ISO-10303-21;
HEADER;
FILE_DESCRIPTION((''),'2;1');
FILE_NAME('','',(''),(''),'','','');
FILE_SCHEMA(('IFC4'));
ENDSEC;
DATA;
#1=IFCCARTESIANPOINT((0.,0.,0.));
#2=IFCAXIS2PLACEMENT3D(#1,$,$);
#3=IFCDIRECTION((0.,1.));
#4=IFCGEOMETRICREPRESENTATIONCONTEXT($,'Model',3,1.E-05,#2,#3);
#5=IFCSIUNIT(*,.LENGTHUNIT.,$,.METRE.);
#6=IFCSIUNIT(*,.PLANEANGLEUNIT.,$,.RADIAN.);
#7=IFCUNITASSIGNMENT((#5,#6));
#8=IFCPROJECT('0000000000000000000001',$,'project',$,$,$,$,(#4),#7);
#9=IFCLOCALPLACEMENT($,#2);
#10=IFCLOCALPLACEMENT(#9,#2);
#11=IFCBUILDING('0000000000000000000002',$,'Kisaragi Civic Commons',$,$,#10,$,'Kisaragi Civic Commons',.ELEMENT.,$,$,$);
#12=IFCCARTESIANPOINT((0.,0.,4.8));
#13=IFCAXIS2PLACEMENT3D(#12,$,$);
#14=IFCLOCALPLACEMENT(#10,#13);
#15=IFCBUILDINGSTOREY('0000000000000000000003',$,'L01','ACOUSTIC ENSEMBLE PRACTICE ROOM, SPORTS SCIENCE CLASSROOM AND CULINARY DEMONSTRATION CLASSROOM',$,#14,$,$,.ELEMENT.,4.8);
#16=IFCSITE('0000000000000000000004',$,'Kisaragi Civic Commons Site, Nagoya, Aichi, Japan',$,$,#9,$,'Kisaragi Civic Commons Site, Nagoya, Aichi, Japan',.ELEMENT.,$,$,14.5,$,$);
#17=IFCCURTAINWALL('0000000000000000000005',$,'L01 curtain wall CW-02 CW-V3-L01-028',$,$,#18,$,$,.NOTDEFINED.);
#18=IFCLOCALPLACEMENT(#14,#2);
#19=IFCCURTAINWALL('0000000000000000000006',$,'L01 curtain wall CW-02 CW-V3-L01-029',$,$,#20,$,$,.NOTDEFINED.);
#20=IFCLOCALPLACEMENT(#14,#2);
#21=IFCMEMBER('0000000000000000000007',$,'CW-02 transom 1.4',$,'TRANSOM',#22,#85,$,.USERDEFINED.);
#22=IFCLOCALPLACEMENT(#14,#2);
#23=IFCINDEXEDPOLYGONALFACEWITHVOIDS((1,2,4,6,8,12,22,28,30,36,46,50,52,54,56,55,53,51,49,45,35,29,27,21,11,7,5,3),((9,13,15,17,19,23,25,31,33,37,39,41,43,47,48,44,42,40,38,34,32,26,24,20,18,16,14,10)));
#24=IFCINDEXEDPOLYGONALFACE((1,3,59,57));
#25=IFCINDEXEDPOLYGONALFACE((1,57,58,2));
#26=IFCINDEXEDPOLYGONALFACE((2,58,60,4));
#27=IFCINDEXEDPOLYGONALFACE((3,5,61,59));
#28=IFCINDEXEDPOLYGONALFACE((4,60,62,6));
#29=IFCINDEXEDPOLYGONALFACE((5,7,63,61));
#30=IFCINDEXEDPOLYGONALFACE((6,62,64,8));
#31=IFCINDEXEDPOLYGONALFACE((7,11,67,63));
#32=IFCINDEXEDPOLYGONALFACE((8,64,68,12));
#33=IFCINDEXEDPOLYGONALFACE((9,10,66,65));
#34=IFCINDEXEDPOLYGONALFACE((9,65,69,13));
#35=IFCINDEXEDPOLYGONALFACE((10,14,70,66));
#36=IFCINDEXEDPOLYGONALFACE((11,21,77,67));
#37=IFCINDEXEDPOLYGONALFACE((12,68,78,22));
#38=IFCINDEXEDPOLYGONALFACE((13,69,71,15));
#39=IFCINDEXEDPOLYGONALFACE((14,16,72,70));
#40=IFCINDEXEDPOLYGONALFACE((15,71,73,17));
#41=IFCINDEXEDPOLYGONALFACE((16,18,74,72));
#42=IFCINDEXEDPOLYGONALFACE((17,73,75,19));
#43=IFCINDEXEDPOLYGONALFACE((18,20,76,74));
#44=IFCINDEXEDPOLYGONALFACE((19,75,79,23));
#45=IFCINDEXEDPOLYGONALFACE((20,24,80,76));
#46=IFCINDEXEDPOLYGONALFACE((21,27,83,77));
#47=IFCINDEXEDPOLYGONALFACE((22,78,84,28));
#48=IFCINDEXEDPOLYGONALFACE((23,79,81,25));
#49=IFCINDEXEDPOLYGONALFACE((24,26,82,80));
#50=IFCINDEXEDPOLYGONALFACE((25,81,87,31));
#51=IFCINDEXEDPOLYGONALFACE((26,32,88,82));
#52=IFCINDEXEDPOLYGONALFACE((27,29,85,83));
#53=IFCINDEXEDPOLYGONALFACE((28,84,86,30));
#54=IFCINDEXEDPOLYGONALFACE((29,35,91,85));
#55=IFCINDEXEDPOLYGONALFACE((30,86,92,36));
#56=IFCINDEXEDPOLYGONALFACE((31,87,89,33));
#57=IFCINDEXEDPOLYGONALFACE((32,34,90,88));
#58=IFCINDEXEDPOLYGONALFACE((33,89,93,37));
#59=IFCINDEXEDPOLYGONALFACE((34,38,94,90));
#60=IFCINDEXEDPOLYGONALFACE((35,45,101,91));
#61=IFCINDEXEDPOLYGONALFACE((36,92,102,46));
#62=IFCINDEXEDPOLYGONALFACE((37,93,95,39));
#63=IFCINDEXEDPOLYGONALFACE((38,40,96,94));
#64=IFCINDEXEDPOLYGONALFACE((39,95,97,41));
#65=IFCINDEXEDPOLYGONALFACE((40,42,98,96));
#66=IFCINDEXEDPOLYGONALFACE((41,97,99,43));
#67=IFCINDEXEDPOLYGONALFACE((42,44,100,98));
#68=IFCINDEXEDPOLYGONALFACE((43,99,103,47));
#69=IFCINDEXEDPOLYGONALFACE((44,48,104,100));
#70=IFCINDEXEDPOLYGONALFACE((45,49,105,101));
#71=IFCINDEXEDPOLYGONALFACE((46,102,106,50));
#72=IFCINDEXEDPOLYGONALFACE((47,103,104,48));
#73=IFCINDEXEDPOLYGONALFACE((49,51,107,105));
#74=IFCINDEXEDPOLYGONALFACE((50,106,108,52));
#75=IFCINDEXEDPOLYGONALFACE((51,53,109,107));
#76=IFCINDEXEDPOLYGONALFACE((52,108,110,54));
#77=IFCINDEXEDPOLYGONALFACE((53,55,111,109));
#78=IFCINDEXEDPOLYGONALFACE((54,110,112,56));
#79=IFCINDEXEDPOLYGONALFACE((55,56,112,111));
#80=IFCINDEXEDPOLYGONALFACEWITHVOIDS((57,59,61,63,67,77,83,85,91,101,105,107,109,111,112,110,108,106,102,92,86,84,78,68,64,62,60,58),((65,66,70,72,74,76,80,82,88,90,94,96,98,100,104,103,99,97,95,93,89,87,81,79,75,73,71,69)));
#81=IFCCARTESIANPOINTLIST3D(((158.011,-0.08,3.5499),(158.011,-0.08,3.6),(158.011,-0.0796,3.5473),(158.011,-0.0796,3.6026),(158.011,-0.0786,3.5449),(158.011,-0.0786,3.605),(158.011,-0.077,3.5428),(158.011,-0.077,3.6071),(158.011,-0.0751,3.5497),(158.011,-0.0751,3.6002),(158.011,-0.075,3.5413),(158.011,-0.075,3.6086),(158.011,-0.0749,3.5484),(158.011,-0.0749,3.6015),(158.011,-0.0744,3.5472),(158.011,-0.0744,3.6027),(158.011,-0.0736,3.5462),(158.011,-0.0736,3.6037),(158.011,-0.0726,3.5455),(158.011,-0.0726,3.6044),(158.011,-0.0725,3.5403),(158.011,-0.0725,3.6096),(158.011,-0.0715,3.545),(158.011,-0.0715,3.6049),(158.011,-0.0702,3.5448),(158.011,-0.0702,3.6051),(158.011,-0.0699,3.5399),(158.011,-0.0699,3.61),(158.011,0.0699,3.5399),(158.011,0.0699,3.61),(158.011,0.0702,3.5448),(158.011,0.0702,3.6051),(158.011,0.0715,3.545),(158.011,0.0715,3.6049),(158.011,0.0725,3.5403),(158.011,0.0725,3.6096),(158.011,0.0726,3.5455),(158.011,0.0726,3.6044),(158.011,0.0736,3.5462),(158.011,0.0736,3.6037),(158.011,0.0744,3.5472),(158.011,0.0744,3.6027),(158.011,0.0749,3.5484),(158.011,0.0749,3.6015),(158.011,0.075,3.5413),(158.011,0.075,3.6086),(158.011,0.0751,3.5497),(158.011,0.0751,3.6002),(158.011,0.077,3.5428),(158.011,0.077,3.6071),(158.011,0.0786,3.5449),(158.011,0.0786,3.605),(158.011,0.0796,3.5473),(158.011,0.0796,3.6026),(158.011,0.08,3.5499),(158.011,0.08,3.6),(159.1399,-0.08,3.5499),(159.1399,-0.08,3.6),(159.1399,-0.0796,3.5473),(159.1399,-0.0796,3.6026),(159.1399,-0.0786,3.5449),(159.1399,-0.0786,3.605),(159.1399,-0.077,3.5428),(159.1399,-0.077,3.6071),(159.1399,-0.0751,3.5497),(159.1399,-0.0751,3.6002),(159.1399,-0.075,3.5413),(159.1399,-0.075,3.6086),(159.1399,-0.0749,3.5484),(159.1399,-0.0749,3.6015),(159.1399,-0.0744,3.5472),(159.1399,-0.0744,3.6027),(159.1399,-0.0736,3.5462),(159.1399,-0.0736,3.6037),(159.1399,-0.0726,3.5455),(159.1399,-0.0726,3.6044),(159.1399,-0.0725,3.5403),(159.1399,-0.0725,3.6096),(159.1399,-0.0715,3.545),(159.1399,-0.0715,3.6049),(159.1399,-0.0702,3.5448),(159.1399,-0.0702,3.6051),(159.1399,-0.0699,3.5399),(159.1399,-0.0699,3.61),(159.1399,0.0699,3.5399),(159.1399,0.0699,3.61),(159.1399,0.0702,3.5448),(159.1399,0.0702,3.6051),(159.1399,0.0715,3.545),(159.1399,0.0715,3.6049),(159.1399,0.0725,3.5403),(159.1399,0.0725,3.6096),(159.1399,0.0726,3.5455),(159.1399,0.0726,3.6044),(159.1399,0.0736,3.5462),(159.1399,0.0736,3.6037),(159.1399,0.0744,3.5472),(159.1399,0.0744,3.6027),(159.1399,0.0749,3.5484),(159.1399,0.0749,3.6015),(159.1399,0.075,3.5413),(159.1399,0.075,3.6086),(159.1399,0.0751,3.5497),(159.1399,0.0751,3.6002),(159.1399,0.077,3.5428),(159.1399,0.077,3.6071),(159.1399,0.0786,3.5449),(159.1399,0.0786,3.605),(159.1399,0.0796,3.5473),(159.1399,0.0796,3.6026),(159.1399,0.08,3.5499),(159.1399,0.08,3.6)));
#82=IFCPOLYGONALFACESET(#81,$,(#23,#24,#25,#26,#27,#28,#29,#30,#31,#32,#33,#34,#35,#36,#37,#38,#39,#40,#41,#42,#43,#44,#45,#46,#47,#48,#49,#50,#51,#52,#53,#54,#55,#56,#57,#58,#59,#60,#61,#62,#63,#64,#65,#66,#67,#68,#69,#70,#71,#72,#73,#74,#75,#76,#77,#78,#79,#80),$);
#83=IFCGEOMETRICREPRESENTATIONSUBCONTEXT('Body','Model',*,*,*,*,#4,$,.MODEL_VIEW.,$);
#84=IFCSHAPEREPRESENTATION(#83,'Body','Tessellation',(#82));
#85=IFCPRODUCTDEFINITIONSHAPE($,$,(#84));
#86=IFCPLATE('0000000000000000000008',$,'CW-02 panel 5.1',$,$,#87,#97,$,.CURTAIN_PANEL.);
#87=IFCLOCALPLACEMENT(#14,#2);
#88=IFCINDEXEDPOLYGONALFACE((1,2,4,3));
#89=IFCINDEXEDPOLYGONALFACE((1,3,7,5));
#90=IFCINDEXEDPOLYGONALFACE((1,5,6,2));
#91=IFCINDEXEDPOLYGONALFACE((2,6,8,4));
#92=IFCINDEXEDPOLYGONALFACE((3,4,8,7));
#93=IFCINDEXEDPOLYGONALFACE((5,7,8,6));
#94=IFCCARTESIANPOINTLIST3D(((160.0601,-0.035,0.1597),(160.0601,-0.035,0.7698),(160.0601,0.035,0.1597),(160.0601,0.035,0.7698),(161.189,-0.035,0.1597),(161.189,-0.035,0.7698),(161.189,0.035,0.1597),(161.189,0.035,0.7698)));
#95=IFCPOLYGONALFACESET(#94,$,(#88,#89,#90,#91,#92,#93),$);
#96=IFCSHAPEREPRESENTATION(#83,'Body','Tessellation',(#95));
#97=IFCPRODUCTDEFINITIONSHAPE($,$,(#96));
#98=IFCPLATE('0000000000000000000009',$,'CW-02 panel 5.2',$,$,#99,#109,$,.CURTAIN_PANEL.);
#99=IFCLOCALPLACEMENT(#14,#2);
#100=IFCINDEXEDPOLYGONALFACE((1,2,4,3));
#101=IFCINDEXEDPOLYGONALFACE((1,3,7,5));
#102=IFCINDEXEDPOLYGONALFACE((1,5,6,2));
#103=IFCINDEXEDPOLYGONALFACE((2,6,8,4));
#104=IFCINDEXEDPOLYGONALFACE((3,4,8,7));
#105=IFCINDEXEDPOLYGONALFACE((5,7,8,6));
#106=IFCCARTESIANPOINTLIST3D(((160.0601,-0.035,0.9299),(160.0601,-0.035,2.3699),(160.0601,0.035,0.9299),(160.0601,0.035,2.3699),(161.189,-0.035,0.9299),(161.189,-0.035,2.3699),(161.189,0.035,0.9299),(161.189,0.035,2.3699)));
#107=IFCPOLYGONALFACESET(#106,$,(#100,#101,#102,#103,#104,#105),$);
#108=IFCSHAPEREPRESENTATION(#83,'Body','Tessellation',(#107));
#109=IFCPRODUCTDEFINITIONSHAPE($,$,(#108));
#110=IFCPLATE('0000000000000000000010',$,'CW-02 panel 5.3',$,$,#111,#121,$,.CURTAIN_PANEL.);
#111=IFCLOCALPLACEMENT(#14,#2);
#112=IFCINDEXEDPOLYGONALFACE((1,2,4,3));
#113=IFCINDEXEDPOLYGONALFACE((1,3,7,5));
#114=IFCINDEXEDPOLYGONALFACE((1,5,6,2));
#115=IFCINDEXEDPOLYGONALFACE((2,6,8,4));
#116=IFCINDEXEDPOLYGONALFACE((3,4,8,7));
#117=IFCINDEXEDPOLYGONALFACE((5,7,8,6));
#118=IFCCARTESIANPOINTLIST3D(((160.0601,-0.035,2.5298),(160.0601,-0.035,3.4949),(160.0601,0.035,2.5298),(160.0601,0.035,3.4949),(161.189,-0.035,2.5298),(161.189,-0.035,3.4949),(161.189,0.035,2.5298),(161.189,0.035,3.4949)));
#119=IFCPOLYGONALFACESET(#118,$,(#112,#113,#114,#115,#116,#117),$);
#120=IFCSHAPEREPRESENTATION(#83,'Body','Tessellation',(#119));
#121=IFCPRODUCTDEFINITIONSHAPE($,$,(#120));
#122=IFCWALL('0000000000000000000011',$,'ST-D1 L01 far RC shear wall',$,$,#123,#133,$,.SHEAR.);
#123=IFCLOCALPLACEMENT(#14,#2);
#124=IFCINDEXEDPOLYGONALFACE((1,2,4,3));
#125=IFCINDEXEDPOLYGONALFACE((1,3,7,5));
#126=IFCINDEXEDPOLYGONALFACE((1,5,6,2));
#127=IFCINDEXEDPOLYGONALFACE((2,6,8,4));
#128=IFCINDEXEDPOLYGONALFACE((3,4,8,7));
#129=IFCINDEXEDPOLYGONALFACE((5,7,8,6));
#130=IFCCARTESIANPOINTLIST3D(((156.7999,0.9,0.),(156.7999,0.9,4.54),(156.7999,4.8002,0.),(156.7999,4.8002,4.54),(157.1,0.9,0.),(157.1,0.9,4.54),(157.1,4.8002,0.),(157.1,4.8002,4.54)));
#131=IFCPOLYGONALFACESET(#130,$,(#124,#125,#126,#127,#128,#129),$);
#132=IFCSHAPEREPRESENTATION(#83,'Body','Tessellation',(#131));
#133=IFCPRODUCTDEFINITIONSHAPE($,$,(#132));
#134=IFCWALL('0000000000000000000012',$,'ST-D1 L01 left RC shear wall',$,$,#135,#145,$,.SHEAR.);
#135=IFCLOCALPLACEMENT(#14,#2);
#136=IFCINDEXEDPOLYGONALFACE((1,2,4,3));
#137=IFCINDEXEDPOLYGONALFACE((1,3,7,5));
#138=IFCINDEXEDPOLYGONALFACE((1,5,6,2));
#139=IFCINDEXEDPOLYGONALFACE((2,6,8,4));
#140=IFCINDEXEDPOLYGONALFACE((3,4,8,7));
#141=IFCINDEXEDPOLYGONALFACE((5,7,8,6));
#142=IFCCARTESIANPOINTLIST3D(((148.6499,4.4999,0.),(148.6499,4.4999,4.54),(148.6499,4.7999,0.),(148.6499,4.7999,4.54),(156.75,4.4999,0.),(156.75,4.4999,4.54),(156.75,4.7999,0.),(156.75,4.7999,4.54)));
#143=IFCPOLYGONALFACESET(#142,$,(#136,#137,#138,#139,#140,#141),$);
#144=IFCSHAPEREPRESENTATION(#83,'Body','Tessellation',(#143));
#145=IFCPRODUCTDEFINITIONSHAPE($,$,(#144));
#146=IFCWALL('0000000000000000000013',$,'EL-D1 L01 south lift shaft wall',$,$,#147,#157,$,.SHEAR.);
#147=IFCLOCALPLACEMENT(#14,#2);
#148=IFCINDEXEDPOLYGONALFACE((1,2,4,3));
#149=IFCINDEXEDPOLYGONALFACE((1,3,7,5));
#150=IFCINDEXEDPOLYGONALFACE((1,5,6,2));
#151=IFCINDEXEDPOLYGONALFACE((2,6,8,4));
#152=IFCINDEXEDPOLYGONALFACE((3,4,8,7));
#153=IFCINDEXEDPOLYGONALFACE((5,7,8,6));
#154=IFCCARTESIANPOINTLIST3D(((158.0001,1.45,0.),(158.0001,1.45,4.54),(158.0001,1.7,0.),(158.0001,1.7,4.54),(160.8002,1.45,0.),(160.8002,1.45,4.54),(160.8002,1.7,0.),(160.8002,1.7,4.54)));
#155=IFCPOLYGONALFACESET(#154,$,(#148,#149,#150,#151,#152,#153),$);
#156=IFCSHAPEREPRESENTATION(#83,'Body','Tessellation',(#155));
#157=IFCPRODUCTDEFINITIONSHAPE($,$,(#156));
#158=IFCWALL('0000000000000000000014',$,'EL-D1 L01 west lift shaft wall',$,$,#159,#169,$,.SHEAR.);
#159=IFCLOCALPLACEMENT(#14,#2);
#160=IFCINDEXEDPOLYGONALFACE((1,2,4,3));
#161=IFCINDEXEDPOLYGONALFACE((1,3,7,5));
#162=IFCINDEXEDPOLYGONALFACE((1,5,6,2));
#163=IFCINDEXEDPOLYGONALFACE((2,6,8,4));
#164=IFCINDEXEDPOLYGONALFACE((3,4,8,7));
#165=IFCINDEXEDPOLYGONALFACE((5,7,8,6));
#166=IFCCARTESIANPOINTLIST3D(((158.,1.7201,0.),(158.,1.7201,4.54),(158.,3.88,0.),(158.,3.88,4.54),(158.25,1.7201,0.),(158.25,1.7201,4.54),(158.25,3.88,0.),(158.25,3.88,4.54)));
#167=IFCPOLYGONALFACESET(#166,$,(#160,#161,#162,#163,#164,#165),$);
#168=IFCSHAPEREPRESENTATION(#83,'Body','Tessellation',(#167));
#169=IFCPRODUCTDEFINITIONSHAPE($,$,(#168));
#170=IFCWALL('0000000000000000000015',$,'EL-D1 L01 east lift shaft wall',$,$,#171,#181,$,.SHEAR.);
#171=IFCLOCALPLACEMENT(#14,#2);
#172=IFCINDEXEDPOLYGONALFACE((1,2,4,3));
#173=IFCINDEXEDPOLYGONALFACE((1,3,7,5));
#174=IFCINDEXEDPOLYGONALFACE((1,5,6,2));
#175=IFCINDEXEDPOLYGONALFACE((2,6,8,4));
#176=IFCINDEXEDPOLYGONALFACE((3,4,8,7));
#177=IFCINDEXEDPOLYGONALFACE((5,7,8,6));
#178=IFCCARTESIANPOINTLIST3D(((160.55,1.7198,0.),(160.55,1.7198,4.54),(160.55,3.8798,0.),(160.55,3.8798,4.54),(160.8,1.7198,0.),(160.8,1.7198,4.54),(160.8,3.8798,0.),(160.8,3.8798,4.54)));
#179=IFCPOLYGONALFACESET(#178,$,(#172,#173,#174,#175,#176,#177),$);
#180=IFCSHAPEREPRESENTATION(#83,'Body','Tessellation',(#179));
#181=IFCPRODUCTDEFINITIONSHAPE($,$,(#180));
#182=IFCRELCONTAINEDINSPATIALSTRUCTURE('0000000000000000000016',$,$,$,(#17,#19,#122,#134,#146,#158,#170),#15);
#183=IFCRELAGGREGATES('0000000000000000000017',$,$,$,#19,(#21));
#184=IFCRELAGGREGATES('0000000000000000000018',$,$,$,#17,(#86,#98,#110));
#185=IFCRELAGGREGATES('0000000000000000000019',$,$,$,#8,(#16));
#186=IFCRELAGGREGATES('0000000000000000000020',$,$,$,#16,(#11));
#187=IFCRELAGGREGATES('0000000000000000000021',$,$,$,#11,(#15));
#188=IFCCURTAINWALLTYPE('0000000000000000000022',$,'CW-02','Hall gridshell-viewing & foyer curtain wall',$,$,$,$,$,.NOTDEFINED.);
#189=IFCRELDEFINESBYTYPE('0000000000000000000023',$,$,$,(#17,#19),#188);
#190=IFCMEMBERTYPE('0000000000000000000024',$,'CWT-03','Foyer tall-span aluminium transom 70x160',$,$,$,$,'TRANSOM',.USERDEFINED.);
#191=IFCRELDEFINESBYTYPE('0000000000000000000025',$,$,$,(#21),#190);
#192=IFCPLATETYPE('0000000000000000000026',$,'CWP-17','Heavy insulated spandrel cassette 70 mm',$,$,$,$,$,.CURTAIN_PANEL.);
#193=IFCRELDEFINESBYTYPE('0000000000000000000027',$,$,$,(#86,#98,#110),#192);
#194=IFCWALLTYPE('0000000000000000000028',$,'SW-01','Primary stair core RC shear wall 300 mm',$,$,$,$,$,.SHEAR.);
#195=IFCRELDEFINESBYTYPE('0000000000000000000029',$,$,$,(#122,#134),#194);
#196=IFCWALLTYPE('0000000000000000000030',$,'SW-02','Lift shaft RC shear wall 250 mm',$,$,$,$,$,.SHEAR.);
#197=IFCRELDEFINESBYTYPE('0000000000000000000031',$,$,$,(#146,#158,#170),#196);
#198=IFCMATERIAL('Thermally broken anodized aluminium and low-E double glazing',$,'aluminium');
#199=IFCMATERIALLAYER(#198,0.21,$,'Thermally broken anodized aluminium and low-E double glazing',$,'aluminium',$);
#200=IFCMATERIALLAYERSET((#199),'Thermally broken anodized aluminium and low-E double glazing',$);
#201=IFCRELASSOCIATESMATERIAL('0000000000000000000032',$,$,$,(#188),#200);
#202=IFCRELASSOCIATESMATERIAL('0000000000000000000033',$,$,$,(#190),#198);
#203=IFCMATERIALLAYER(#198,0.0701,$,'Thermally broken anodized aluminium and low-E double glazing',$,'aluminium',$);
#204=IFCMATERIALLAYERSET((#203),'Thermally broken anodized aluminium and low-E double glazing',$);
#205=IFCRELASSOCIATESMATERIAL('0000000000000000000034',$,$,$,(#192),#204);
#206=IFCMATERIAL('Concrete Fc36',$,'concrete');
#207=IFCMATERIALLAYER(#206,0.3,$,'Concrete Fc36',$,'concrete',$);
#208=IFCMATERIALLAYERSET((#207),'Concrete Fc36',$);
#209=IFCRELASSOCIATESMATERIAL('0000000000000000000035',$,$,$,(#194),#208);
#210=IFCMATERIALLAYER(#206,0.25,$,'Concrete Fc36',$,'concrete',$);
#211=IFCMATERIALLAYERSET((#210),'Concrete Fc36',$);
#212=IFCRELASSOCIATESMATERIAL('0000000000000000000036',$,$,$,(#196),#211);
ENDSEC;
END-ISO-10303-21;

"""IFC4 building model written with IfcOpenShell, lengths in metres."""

from ifc_helpers import new_model, si_unit, direction, frame, frame_2d, origin, origin_2d, place, context, subcontext, project, spatial, rectangle, hollow_rectangle, extrude, material, layer, layer_set, material_profile, profile_set, type_object, element, aggregate, save


model = new_model("IFC4")

# Units and contexts
model_context = context("Model", 3, precision=1e-05, world=origin(), true_north=direction((0.0, 1.0)))
body_context = subcontext(model_context, "Body", "Model", "MODEL_VIEW")
ifc_project = project(units=[si_unit("LENGTHUNIT", "METRE"), si_unit("PLANEANGLEUNIT", "RADIAN")], contexts=[model_context])

# Site, building, storey
site_placement = place(None, origin())
site = spatial("IfcSite", under=ifc_project, at=site_placement, Name="Kisaragi Civic Commons Site, Nagoya, Aichi, Japan", LongName="Kisaragi Civic Commons Site, Nagoya, Aichi, Japan", CompositionType="ELEMENT", RefElevation=14.5)
building_placement = place(site_placement, origin())
building = spatial("IfcBuilding", under=site, at=building_placement, Name="Kisaragi Civic Commons", LongName="Kisaragi Civic Commons", CompositionType="ELEMENT")
storey_placement = place(building_placement, frame((0.0, 0.0, 4.8)))
storey = spatial("IfcBuildingStorey", under=building, at=storey_placement, Name="L01", Description="ACOUSTIC ENSEMBLE PRACTICE ROOM, SPORTS SCIENCE CLASSROOM AND CULINARY DEMONSTRATION CLASSROOM", CompositionType="ELEMENT", Elevation=4.8)

# Shared definitions
ifc_material_1 = material(Name="Concrete Fc36", Category="concrete")

# Curtain wall
ifc_material_2 = material(Name="Thermally broken anodized aluminium and low-E double glazing", Category="aluminium")
ifc_layer_1 = layer(ifc_material_2, 0.21, Name="Thermally broken anodized aluminium and low-E double glazing", Category="aluminium")
ifc_layer_set_1 = layer_set([ifc_layer_1], Name="Thermally broken anodized aluminium and low-E double glazing")
curtain_wall_type = type_object("IfcCurtainWallType", Name="CW-02", Description="Hall gridshell-viewing & foyer curtain wall", PredefinedType="NOTDEFINED", material=ifc_layer_set_1)
curtain_wall_1_placement = place(storey_placement, origin())
curtain_wall_1 = element("IfcCurtainWall", 1, at=curtain_wall_1_placement, inside=storey, type_object=curtain_wall_type, Name="L01 curtain wall CW-02 CW-V3-L01-028", PredefinedType="NOTDEFINED")

# Curtain wall
curtain_wall_2_placement = place(storey_placement, origin())
curtain_wall_2 = element("IfcCurtainWall", 2, at=curtain_wall_2_placement, inside=storey, type_object=curtain_wall_type, Name="L01 curtain wall CW-02 CW-V3-L01-029", PredefinedType="NOTDEFINED")

# Member
ifc_material_profile_1 = material_profile(ifc_material_2, hollow_rectangle(XDim=0.1599, YDim=0.0701, WallThickness=0.0049, InnerFilletRadius=0.0049, OuterFilletRadius=0.01, at=origin_2d()), Name="CWT-70x160x5", Category="aluminium")
ifc_profile_set_1 = profile_set([ifc_material_profile_1], Name="Thermally broken anodized aluminium and low-E double glazing")
member_type_1 = type_object("IfcMemberType", Name="CWT-03", Description="Foyer tall-span aluminium transom 70x160", ElementType="TRANSOM", PredefinedType="USERDEFINED", material=ifc_profile_set_1)
member_1_placement = place(storey_placement, frame((159.1399, 0.0, 3.575), z_axis=(-1.0, 0.0, 0.0), x_axis=(0.0, -1.0, 0.0)))
member_1 = element("IfcMember", 3, at=member_1_placement, type_object=member_type_1, Name="CW-02 transom 1.4", ObjectType="TRANSOM", PredefinedType="USERDEFINED", context=body_context, shape_type="SweptSolid", body=[
    extrude(hollow_rectangle(XDim=0.1599, YDim=0.0701, WallThickness=0.0049, InnerFilletRadius=0.0049, OuterFilletRadius=0.01, at=origin_2d()), origin(), (0.0, 0.0, 1.0), 1.1289),
])
aggregate(curtain_wall_2, [member_1])

# Plates
ifc_layer_2 = layer(ifc_material_2, 0.0701, Name="Thermally broken anodized aluminium and low-E double glazing", Category="aluminium")
ifc_layer_set_2 = layer_set([ifc_layer_2], Name="Thermally broken anodized aluminium and low-E double glazing")
plate_type = type_object("IfcPlateType", Name="CWP-17", Description="Heavy insulated spandrel cassette 70 mm", PredefinedType="CURTAIN_PANEL", material=ifc_layer_set_2)
plate_1_placement = place(storey_placement, frame((160.6245, 0.0, 0.1597), z_axis=(0.0, 0.0, 1.0), x_axis=(-1.0, 0.0, 0.0)))
plate_1 = element("IfcPlate", 4, at=plate_1_placement, type_object=plate_type, Name="CW-02 panel 5.1", PredefinedType="CURTAIN_PANEL", context=body_context, shape_type="SweptSolid", body=[
    extrude(rectangle(XDim=1.1289, YDim=0.0701, at=origin_2d()), origin(), (0.0, 0.0, 1.0), 0.6101),
])
plate_2_placement = place(storey_placement, frame((160.6245, 0.0, 0.9299), z_axis=(0.0, 0.0, 1.0), x_axis=(-1.0, 0.0, 0.0)))
plate_2 = element("IfcPlate", 5, at=plate_2_placement, type_object=plate_type, Name="CW-02 panel 5.2", PredefinedType="CURTAIN_PANEL", context=body_context, shape_type="SweptSolid", body=[
    extrude(rectangle(XDim=1.1289, YDim=0.0701, at=origin_2d()), origin(), (0.0, 0.0, 1.0), 1.4399),
])
plate_3_placement = place(storey_placement, frame((160.6245, 0.0, 2.5298), z_axis=(0.0, 0.0, 1.0), x_axis=(-1.0, 0.0, 0.0)))
plate_3 = element("IfcPlate", 6, at=plate_3_placement, type_object=plate_type, Name="CW-02 panel 5.3", PredefinedType="CURTAIN_PANEL", context=body_context, shape_type="SweptSolid", body=[
    extrude(rectangle(XDim=1.1289, YDim=0.0701, at=origin_2d()), origin(), (0.0, 0.0, 1.0), 0.9651),
])
aggregate(curtain_wall_1, [plate_1, plate_2, plate_3])

# Walls
ifc_layer_3 = layer(ifc_material_1, 0.3, Name="Concrete Fc36", Category="concrete")
ifc_layer_set_3 = layer_set([ifc_layer_3], Name="Concrete Fc36")
wall_type_1 = type_object("IfcWallType", Name="SW-01", Description="Primary stair core RC shear wall 300 mm", PredefinedType="SHEAR", material=ifc_layer_set_3)
wall_1_placement = place(storey_placement, frame((156.95, 0.8999, 0.0), z_axis=(0.0, 0.0, 1.0), x_axis=(0.0, 1.0, 0.0)))
element("IfcWall", 7, at=wall_1_placement, inside=storey, type_object=wall_type_1, Name="ST-D1 L01 far RC shear wall", PredefinedType="SHEAR", context=body_context, shape_type="SweptSolid", body=[
    extrude(rectangle(XDim=3.9001, YDim=0.3, at=frame_2d((1.9502, 0.0))), origin(), (0.0, 0.0, 1.0), 4.54),
])
wall_2_placement = place(storey_placement, frame((156.75, 4.6499, 0.0), z_axis=(0.0, 0.0, 1.0), x_axis=(-1.0, 0.0, 0.0)))
element("IfcWall", 8, at=wall_2_placement, inside=storey, type_object=wall_type_1, Name="ST-D1 L01 left RC shear wall", PredefinedType="SHEAR", context=body_context, shape_type="SweptSolid", body=[
    extrude(rectangle(XDim=8.1001, YDim=0.3, at=frame_2d((4.05, 0.0))), origin(), (0.0, 0.0, 1.0), 4.54),
])
ifc_layer_4 = layer(ifc_material_1, 0.25, Name="Concrete Fc36", Category="concrete")
ifc_layer_set_4 = layer_set([ifc_layer_4], Name="Concrete Fc36")
wall_type_2 = type_object("IfcWallType", Name="SW-02", Description="Lift shaft RC shear wall 250 mm", PredefinedType="SHEAR", material=ifc_layer_set_4)
wall_3_placement = place(storey_placement, frame((160.8, 1.575, 0.0), z_axis=(0.0, 0.0, 1.0), x_axis=(-1.0, 0.0, 0.0)))
element("IfcWall", 9, at=wall_3_placement, inside=storey, type_object=wall_type_2, Name="EL-D1 L01 south lift shaft wall", PredefinedType="SHEAR", context=body_context, shape_type="SweptSolid", body=[
    extrude(rectangle(XDim=2.8, YDim=0.25, at=frame_2d((1.3999, 0.0))), origin(), (0.0, 0.0, 1.0), 4.54),
])
wall_4_placement = place(storey_placement, frame((158.125, 1.72, 0.0), z_axis=(0.0, 0.0, 1.0), x_axis=(0.0, 1.0, 0.0)))
element("IfcWall", 10, at=wall_4_placement, inside=storey, type_object=wall_type_2, Name="EL-D1 L01 west lift shaft wall", PredefinedType="SHEAR", context=body_context, shape_type="SweptSolid", body=[
    extrude(rectangle(XDim=2.1599, YDim=0.25, at=frame_2d((1.0801, 0.0))), origin(), (0.0, 0.0, 1.0), 4.54),
])

# Wall
wall_5_placement = place(storey_placement, frame((160.675, 3.8799, 0.0), z_axis=(0.0, 0.0, 1.0), x_axis=(0.0, -1.0, 0.0)))
element("IfcWall", 11, at=wall_5_placement, inside=storey, type_object=wall_type_2, Name="EL-D1 L01 east lift shaft wall", PredefinedType="SHEAR", context=body_context, shape_type="SweptSolid", body=[
    extrude(rectangle(XDim=2.1599, YDim=0.25, at=frame_2d((1.0801, 0.0))), origin(), (0.0, 0.0, 1.0), 4.54),
])

save(model, "model.ifc")
